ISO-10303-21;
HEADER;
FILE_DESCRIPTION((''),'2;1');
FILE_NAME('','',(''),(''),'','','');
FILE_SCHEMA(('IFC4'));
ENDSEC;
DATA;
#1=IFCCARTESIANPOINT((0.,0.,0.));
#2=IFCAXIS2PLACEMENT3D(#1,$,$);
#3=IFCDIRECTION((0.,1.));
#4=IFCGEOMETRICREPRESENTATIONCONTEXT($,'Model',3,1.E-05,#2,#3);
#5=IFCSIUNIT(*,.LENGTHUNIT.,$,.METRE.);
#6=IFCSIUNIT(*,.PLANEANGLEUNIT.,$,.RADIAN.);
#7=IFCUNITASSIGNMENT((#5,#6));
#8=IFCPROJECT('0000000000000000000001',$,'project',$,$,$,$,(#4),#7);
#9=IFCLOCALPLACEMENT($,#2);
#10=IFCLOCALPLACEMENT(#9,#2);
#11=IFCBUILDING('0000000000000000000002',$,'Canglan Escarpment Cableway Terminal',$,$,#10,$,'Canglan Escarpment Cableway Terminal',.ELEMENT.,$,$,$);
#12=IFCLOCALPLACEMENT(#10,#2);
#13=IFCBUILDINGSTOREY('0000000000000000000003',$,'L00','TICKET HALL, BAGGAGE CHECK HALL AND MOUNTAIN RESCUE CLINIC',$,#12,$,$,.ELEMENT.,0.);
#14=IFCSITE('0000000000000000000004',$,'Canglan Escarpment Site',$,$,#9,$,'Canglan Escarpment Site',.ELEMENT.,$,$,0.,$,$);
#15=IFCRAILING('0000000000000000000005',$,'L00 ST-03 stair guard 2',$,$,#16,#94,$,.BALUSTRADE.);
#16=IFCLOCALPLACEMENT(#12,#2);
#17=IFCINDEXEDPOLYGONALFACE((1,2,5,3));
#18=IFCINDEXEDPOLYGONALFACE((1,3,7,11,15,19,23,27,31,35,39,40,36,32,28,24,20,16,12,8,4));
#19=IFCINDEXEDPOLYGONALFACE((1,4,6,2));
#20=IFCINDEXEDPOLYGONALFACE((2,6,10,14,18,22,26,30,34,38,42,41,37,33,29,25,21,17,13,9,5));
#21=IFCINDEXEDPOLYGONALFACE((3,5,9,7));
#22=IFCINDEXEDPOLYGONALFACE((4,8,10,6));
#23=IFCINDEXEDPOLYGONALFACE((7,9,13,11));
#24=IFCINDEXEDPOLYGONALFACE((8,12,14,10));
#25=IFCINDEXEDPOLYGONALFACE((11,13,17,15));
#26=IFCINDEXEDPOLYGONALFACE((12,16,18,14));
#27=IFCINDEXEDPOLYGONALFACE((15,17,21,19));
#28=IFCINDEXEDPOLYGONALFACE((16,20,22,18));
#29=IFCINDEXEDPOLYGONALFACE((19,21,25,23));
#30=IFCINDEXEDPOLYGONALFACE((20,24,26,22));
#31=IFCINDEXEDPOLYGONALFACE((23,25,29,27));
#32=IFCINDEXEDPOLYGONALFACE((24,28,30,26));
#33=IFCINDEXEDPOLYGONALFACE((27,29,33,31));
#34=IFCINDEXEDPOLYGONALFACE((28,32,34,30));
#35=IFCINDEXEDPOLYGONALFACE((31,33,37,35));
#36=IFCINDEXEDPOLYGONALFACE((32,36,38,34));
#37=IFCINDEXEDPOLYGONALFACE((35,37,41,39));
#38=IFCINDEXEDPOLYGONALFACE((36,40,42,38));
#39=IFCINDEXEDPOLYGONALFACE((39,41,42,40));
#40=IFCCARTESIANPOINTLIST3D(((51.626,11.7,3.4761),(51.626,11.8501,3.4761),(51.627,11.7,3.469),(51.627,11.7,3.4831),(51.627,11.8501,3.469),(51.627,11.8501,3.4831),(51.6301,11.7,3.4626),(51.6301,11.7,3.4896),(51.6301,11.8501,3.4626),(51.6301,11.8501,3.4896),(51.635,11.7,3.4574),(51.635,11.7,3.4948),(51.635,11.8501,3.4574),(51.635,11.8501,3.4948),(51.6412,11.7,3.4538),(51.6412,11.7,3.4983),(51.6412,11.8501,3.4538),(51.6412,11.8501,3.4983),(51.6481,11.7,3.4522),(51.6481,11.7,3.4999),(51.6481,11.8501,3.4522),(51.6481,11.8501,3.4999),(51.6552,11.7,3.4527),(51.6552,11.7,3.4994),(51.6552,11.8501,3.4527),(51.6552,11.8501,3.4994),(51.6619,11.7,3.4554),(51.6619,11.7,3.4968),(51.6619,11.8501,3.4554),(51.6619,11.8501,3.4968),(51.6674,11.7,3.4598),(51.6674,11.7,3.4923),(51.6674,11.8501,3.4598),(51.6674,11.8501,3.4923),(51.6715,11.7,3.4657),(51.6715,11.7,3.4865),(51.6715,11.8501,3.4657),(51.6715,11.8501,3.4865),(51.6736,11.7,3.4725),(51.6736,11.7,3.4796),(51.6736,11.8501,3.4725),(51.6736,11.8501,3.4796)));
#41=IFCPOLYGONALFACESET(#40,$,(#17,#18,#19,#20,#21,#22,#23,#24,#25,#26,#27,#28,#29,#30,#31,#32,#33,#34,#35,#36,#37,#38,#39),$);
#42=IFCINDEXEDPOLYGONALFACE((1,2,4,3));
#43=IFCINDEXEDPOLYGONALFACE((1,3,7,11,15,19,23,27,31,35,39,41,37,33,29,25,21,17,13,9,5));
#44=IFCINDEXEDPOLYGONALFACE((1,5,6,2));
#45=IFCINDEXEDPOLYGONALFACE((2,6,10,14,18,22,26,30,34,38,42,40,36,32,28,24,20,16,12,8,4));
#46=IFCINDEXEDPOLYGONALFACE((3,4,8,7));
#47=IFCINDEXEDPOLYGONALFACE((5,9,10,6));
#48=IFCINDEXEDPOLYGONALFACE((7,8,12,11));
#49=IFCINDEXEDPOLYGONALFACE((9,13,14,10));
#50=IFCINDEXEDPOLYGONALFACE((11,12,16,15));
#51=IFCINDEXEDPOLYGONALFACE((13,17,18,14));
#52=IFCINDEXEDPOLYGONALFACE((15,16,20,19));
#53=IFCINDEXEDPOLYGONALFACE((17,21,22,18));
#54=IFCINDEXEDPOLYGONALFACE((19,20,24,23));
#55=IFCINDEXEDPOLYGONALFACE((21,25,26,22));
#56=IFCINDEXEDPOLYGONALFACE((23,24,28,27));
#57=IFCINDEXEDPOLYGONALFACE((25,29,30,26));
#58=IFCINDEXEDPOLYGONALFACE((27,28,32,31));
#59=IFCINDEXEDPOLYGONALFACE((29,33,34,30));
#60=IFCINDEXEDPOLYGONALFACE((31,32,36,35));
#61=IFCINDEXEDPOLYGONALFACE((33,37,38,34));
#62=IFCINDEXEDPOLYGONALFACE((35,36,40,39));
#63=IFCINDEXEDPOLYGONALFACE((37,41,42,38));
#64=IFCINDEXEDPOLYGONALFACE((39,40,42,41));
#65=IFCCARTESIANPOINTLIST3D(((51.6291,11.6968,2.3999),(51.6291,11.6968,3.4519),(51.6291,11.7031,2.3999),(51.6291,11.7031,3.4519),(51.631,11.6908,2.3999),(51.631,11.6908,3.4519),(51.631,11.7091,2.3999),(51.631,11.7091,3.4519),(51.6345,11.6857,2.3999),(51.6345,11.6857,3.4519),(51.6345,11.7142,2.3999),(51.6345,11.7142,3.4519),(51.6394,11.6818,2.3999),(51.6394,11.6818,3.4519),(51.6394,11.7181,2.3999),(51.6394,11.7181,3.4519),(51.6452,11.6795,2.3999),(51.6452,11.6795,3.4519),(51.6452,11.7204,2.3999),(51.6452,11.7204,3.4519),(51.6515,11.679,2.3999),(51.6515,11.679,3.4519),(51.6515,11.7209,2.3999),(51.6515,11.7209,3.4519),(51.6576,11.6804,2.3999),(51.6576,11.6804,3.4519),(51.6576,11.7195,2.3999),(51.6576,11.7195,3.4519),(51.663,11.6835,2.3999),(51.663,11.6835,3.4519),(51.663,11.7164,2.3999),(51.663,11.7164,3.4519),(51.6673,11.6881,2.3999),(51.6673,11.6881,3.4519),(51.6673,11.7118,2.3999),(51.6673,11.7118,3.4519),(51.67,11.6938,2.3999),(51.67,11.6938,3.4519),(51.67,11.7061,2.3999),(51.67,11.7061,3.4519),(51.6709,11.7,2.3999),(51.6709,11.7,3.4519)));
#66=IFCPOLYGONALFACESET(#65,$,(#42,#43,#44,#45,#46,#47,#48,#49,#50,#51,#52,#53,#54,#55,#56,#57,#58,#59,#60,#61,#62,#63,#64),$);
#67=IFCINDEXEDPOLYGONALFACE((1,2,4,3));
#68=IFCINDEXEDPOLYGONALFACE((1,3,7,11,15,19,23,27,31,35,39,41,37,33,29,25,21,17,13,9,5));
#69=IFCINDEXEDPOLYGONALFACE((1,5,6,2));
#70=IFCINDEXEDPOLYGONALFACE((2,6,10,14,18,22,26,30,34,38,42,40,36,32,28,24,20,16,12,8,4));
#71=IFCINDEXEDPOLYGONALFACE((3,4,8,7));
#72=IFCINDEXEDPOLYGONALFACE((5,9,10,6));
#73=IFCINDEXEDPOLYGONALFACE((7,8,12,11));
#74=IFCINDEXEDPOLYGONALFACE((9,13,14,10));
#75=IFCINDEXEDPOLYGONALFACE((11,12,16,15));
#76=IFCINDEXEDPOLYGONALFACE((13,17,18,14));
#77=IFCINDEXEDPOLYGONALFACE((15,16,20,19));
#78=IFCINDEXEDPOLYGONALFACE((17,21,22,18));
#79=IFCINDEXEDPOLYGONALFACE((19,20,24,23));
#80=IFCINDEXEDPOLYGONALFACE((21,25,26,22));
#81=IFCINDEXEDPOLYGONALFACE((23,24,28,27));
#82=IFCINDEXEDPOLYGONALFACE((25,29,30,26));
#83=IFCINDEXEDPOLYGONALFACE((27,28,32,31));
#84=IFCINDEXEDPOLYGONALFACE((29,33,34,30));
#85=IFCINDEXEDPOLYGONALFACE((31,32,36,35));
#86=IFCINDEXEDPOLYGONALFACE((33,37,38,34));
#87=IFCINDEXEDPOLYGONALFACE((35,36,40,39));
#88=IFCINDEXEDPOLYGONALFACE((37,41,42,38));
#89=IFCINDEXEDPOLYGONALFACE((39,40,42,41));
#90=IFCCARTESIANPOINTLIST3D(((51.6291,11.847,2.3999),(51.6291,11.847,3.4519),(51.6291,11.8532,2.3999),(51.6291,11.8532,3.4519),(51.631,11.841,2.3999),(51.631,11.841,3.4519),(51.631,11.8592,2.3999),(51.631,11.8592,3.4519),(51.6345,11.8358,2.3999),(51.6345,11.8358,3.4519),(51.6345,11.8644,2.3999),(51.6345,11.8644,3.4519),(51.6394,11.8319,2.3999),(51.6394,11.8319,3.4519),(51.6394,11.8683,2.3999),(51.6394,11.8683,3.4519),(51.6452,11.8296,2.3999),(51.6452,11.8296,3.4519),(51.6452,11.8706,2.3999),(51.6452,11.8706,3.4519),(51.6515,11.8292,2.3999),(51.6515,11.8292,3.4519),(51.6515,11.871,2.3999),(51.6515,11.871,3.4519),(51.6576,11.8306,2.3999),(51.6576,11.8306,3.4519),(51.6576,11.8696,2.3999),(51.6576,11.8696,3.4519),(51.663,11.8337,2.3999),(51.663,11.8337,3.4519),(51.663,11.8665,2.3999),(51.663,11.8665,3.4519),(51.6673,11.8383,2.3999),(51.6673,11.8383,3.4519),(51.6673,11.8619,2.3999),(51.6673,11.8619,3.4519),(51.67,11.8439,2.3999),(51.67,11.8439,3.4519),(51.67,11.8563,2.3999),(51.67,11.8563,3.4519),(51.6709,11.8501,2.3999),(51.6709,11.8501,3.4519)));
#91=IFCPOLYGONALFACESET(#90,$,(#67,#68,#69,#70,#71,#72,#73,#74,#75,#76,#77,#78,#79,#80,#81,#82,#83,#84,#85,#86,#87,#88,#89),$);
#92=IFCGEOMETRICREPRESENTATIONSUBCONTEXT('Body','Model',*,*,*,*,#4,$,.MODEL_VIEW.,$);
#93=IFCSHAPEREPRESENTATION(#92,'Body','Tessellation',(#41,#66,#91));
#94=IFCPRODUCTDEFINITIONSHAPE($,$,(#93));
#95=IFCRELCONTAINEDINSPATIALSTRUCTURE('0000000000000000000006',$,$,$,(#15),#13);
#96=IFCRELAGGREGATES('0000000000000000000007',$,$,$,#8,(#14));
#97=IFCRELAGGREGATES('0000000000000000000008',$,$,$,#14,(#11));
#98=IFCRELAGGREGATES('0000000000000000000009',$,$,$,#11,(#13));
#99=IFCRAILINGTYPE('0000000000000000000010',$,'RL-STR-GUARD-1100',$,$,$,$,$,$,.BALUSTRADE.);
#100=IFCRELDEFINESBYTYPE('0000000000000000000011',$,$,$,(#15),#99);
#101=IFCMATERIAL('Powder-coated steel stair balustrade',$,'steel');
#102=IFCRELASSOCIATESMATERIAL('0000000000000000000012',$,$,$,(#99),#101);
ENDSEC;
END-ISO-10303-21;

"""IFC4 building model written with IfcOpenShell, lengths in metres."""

from ifc_helpers import new_model, si_unit, direction, frame, origin, origin_2d, place, context, subcontext, project, spatial, circle, extrude, material, type_object, element, save


model = new_model("IFC4")

# Units and contexts
model_context = context("Model", 3, precision=1e-05, world=origin(), true_north=direction((0.0, 1.0)))
body_context = subcontext(model_context, "Body", "Model", "MODEL_VIEW")
ifc_project = project(units=[si_unit("LENGTHUNIT", "METRE"), si_unit("PLANEANGLEUNIT", "RADIAN")], contexts=[model_context])

# Site, building, storey
site_placement = place(None, origin())
site = spatial("IfcSite", under=ifc_project, at=site_placement, Name="Canglan Escarpment Site", LongName="Canglan Escarpment Site", CompositionType="ELEMENT", RefElevation=0.0)
building_placement = place(site_placement, origin())
building = spatial("IfcBuilding", under=site, at=building_placement, Name="Canglan Escarpment Cableway Terminal", LongName="Canglan Escarpment Cableway Terminal", CompositionType="ELEMENT")
storey_placement = place(building_placement, origin())
storey = spatial("IfcBuildingStorey", under=building, at=storey_placement, Name="L00", Description="TICKET HALL, BAGGAGE CHECK HALL AND MOUNTAIN RESCUE CLINIC", CompositionType="ELEMENT", Elevation=0.0)

# Railing
ifc_material_1 = material(Name="Powder-coated steel stair balustrade", Category="steel")
railing_type_1 = type_object("IfcRailingType", Name="RL-STR-GUARD-1100", PredefinedType="BALUSTRADE", material=ifc_material_1)
railing_1_placement = place(storey_placement, frame((51.6499, 11.7, 2.3999)))
element("IfcRailing", 1, at=railing_1_placement, inside=storey, type_object=railing_type_1, Name="L00 ST-03 stair guard 2", PredefinedType="BALUSTRADE", context=body_context, shape_type="SweptSolid", body=[
    extrude(circle(Radius=0.0239, at=origin_2d()), frame((0.0, 0.0, 1.0762), z_axis=(0.0, 1.0, 0.0), x_axis=(-1.0, 0.0, 0.0)), (0.0, 0.0, 1.0), 0.1501),
    extrude(circle(Radius=0.021, at=origin_2d()), origin(), (0.0, 0.0, 1.0), 1.052),
    extrude(circle(Radius=0.021, at=origin_2d()), frame((0.0, 0.1501, 0.0)), (0.0, 0.0, 1.0), 1.052),
])

save(model, "model.ifc")
